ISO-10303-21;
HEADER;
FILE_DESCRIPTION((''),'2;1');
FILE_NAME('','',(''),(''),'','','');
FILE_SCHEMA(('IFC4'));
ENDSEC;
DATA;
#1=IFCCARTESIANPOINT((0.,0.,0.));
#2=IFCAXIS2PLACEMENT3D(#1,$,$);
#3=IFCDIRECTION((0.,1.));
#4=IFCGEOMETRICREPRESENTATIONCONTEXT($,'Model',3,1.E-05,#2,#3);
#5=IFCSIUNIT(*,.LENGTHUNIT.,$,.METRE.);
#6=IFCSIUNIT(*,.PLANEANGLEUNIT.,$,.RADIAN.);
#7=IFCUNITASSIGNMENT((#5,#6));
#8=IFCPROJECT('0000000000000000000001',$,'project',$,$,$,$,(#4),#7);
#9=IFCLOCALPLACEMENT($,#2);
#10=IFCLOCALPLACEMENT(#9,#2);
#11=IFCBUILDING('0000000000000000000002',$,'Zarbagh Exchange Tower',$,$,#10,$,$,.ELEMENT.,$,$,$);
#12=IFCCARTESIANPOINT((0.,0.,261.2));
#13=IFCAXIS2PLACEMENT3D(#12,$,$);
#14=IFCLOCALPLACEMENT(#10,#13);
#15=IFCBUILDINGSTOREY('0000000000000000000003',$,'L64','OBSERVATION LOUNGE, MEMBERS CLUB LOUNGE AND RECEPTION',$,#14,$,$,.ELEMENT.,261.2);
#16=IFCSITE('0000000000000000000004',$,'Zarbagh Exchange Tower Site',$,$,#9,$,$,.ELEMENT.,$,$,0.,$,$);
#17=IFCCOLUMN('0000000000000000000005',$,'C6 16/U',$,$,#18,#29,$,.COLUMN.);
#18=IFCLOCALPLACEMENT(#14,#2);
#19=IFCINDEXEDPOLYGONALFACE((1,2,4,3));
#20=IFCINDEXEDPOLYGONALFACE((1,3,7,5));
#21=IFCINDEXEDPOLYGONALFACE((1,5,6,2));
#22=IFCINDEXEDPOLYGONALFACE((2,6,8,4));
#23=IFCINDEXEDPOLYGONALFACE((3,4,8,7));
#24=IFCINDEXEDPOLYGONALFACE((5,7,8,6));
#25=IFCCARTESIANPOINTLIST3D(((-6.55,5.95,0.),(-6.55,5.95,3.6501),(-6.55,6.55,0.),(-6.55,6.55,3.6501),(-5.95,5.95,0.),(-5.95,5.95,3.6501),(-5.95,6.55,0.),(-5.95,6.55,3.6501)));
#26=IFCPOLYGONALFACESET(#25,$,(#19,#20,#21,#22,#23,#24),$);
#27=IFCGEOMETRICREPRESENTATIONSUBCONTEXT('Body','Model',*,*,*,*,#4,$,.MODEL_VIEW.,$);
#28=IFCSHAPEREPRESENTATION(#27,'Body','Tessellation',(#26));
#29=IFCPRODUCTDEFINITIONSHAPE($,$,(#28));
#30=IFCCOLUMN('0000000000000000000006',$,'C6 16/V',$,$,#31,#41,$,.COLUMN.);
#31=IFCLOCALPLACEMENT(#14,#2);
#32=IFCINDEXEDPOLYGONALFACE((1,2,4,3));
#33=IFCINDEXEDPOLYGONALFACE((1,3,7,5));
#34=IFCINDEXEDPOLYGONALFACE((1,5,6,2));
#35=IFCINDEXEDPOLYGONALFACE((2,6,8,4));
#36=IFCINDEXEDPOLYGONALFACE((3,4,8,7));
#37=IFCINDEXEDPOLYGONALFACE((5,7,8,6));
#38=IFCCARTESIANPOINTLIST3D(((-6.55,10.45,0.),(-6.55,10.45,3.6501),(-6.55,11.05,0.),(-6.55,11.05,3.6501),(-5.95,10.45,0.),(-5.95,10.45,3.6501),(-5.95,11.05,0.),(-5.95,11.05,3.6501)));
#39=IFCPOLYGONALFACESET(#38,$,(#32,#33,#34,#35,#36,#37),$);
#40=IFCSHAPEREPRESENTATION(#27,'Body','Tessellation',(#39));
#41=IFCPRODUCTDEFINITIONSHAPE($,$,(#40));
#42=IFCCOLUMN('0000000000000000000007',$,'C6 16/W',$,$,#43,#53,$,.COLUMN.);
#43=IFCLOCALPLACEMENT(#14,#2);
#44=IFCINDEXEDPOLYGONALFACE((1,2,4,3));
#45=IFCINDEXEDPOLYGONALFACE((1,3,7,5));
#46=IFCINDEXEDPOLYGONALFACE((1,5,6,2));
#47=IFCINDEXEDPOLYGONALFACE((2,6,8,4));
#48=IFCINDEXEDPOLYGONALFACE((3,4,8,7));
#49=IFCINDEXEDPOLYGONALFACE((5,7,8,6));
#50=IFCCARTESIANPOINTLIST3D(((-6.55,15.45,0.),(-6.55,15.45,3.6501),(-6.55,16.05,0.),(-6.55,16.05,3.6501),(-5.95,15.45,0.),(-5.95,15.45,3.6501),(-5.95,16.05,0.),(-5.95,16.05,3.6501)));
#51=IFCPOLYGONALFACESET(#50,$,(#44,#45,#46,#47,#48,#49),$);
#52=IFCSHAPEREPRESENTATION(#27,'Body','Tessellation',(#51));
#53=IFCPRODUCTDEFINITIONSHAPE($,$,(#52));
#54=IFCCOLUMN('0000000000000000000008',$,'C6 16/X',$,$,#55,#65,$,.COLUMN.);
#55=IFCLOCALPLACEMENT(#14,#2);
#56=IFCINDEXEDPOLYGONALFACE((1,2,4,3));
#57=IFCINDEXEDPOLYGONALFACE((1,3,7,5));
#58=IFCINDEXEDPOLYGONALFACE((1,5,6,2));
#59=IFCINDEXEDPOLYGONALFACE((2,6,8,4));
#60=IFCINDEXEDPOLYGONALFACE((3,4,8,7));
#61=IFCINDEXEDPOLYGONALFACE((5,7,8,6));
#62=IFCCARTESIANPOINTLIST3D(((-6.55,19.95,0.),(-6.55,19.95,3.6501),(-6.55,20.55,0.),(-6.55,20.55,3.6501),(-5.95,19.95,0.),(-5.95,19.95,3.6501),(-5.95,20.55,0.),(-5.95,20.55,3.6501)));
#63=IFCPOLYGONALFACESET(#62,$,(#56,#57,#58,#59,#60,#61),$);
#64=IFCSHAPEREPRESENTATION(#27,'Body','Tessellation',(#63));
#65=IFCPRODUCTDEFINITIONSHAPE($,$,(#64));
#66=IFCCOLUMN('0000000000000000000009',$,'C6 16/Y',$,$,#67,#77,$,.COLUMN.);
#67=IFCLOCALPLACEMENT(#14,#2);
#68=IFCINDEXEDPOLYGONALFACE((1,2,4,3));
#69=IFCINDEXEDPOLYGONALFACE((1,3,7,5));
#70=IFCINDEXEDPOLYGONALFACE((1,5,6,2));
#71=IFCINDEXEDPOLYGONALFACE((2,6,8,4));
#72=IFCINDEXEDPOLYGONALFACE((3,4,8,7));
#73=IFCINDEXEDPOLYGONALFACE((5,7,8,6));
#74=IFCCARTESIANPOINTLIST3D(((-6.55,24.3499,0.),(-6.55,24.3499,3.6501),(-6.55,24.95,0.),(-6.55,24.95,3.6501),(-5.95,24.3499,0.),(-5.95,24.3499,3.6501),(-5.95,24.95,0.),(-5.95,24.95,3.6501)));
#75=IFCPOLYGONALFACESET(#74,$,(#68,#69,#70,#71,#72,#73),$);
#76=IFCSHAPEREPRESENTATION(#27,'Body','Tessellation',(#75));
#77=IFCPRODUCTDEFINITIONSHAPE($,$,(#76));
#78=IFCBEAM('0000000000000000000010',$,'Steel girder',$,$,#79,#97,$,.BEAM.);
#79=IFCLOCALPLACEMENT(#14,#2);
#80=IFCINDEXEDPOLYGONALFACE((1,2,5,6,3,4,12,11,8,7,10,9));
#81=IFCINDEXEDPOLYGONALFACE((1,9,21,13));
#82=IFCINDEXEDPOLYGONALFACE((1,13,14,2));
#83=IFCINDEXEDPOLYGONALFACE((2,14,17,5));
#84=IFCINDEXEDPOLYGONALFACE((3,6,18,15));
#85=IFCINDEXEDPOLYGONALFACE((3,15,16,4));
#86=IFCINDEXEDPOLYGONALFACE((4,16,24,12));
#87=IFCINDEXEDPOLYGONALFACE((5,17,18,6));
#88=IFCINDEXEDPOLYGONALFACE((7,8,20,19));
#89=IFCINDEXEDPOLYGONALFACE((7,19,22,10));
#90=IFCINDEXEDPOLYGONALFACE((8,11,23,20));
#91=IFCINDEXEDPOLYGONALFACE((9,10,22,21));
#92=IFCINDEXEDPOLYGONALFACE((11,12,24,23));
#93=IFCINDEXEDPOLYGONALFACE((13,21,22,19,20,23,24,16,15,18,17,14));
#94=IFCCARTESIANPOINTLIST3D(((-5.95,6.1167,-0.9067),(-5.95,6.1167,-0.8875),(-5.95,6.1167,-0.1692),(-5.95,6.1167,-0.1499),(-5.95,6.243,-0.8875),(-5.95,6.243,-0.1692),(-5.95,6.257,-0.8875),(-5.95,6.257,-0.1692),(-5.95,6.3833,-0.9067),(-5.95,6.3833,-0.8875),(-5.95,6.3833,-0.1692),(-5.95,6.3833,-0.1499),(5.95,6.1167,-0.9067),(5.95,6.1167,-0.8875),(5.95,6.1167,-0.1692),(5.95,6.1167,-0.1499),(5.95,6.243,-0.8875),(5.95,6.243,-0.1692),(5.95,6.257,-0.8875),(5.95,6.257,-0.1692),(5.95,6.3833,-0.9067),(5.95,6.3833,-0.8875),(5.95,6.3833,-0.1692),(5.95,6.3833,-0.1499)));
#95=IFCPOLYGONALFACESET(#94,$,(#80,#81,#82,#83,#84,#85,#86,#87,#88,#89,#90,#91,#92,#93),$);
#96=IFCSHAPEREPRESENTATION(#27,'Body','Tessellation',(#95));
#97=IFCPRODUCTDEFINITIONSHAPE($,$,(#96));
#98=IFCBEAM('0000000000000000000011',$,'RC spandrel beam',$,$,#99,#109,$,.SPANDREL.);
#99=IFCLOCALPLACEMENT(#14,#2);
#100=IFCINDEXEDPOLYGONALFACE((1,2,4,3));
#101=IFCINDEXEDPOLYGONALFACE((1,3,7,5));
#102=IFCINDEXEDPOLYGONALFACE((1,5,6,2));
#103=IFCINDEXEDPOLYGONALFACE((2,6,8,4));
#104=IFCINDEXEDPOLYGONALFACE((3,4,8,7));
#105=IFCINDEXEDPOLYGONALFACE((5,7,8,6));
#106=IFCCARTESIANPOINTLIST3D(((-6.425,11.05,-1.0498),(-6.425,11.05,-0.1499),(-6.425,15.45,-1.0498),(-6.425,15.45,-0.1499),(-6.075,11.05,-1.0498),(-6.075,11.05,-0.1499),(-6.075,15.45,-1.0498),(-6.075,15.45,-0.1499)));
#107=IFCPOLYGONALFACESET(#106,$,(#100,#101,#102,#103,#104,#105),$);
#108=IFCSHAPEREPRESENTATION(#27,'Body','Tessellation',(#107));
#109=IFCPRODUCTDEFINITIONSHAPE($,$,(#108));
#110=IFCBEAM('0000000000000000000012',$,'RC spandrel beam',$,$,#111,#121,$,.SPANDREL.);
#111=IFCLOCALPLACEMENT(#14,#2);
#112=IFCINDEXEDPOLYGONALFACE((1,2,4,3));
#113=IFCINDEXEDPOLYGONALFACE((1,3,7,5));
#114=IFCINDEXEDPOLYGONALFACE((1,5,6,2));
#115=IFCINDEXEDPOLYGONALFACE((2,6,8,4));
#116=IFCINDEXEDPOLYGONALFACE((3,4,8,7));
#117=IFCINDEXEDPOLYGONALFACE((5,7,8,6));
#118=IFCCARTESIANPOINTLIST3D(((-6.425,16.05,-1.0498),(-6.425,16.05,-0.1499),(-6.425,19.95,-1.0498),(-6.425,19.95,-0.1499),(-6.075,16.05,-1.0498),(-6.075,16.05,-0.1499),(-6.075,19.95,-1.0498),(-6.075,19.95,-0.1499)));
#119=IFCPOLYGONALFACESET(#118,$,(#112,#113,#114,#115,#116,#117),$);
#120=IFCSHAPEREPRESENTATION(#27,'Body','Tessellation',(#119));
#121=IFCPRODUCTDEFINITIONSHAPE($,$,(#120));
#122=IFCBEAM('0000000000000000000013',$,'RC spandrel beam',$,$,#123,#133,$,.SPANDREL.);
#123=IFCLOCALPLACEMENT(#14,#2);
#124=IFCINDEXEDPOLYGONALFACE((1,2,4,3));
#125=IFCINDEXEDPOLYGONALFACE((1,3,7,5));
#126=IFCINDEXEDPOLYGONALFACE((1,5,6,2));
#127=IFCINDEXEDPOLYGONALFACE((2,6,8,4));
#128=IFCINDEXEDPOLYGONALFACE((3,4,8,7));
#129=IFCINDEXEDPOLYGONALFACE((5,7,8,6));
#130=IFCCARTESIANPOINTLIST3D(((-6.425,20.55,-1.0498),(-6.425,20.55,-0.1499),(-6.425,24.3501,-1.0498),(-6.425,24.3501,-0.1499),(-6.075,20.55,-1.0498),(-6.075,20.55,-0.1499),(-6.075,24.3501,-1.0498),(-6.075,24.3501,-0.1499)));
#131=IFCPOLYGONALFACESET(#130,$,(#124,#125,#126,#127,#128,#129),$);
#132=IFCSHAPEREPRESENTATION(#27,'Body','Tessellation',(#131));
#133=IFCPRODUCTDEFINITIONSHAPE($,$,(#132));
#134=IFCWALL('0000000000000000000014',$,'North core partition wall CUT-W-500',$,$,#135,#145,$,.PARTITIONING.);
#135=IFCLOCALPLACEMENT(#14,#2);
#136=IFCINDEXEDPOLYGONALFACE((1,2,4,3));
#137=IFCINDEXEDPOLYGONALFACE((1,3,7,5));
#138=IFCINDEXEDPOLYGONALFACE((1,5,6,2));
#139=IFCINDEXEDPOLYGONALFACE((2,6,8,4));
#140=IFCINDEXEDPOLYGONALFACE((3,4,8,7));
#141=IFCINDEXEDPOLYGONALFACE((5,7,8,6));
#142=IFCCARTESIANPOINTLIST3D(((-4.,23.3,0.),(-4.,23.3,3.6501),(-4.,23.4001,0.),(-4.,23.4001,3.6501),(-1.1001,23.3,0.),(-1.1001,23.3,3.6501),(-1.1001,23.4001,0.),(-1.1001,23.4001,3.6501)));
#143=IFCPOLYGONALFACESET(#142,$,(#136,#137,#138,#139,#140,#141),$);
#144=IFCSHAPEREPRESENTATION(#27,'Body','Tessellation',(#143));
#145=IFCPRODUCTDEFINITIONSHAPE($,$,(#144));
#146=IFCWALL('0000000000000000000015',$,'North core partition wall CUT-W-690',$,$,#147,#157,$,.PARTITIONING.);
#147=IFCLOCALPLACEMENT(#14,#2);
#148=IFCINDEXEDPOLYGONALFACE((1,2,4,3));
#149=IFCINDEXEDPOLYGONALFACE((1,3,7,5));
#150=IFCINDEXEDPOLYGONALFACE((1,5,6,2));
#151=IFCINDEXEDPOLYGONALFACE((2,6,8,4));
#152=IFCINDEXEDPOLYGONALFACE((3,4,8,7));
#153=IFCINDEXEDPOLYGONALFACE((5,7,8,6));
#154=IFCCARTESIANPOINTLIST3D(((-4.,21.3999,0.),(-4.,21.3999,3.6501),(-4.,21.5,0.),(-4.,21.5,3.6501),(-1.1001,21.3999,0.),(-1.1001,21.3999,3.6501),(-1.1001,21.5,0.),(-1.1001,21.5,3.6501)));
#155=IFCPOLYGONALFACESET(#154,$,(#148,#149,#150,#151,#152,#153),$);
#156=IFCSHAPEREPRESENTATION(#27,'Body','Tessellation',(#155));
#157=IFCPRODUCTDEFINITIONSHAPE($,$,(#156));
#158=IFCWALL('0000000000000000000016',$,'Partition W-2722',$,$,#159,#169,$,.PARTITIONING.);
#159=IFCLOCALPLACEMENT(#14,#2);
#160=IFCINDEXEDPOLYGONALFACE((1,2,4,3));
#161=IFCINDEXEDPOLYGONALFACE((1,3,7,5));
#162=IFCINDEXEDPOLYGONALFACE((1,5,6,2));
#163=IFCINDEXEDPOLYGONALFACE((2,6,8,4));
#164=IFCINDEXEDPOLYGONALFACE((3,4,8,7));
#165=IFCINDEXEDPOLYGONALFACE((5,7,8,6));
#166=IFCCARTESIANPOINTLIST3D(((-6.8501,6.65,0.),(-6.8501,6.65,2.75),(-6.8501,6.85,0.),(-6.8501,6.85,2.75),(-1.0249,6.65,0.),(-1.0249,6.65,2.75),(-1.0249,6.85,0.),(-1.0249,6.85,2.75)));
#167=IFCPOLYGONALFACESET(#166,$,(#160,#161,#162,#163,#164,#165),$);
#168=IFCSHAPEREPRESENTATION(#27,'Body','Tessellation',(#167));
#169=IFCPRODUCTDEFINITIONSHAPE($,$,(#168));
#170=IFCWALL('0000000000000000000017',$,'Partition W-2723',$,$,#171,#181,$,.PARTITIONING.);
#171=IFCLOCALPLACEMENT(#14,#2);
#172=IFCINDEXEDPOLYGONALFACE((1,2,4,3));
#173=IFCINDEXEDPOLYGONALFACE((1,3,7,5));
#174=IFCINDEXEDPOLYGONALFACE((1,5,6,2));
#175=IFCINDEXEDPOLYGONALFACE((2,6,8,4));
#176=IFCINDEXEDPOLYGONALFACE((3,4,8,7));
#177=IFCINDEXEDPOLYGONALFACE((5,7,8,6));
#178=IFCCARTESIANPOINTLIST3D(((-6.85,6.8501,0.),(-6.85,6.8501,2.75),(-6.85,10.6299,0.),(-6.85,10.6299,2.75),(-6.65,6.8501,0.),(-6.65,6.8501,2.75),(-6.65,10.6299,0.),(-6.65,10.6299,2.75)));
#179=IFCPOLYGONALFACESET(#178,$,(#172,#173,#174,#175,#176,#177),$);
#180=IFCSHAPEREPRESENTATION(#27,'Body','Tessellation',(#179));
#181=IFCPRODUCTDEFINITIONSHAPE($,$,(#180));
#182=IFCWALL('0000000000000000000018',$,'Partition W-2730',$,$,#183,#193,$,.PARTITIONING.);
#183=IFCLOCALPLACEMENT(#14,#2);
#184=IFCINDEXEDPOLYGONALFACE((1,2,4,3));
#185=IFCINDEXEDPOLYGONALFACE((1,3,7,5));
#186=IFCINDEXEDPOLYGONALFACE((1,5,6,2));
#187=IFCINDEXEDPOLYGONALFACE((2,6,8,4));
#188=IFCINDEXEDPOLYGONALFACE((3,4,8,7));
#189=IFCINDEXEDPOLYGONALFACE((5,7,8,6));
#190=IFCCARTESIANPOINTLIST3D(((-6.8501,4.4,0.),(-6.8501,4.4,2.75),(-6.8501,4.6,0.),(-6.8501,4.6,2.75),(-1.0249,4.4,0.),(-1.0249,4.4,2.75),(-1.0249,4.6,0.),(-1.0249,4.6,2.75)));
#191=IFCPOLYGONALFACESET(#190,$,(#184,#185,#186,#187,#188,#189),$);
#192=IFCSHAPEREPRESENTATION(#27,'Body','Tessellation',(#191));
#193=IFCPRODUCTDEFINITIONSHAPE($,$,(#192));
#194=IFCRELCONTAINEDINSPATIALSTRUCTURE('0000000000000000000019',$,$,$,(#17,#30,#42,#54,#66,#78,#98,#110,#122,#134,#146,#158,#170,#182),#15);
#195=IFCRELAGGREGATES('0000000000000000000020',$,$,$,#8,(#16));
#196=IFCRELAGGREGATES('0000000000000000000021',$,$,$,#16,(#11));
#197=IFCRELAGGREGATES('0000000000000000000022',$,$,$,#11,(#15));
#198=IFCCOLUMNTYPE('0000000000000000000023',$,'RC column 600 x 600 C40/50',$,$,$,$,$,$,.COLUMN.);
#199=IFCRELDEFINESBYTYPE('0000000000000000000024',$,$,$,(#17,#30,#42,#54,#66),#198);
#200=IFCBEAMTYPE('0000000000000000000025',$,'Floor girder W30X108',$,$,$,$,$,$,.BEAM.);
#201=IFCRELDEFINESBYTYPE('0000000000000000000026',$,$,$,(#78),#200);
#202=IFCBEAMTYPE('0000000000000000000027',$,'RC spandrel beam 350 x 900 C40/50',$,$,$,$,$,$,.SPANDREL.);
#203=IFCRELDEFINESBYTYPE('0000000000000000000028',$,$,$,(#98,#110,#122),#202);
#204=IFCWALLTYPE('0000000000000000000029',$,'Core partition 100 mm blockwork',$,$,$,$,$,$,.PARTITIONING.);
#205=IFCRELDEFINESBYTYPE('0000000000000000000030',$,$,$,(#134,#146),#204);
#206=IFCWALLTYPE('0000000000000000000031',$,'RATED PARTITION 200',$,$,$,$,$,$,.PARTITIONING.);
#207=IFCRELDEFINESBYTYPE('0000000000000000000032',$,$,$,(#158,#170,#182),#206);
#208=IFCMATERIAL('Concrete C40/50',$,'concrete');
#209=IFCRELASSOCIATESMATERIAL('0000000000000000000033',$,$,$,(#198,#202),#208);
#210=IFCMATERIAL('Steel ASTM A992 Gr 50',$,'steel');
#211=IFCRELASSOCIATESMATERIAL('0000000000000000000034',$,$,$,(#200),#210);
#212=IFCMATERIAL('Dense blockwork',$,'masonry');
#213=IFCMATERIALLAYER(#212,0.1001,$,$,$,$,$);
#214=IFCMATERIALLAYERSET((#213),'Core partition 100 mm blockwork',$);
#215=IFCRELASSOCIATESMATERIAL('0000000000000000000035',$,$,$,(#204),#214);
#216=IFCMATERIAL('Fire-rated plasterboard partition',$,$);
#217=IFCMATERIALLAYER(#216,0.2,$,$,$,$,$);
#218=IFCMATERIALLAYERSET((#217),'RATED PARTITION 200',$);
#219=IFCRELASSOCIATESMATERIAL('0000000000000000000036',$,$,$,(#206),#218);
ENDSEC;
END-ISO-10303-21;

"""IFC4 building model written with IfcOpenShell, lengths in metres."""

from ifc_helpers import new_model, si_unit, direction, frame, frame_2d, origin, origin_2d, place, context, subcontext, project, spatial, rectangle, i_section, extrude, material, layer, layer_set, material_profile, profile_set, type_object, element, save


model = new_model("IFC4")

# Units and contexts
model_context = context("Model", 3, precision=1e-05, world=origin(), true_north=direction((0.0, 1.0)))
body_context = subcontext(model_context, "Body", "Model", "MODEL_VIEW")
ifc_project = project(units=[si_unit("LENGTHUNIT", "METRE"), si_unit("PLANEANGLEUNIT", "RADIAN")], contexts=[model_context])

# Site, building, storey
site_placement = place(None, origin())
site = spatial("IfcSite", under=ifc_project, at=site_placement, Name="Zarbagh Exchange Tower Site", CompositionType="ELEMENT", RefElevation=0.0)
building_placement = place(site_placement, origin())
building = spatial("IfcBuilding", under=site, at=building_placement, Name="Zarbagh Exchange Tower", CompositionType="ELEMENT")
storey_placement = place(building_placement, frame((0.0, 0.0, 261.2)))
storey = spatial("IfcBuildingStorey", under=building, at=storey_placement, Name="L64", Description="OBSERVATION LOUNGE, MEMBERS CLUB LOUNGE AND RECEPTION", CompositionType="ELEMENT", Elevation=261.2)

# Columns
ifc_material_1 = material(Name="Concrete C40/50", Category="concrete")
ifc_material_profile_1 = material_profile(ifc_material_1, rectangle(XDim=0.6001, YDim=0.6001, at=origin_2d()), Name="RC column 600 x 600 C40/50")
ifc_profile_set_1 = profile_set([ifc_material_profile_1], Name="Concrete C40/50")
column_type = type_object("IfcColumnType", Name="RC column 600 x 600 C40/50", PredefinedType="COLUMN", material=ifc_profile_set_1)
for number, where, z_axis, x_axis, name in (
    (1, (-6.25, 6.25, 0.0), (0.0, 0.0, 1.0), (1.0, 0.0, 0.0), "C6 16/U"),
    (2, (-6.25, 10.75, 0.0), (0.0, 0.0, 1.0), (1.0, 0.0, 0.0), "C6 16/V"),
    (3, (-6.25, 15.75, 0.0), (0.0, 0.0, 1.0), (1.0, 0.0, 0.0), "C6 16/W"),
    (4, (-6.25, 20.25, 0.0), (0.0, 0.0, 1.0), (1.0, 0.0, 0.0), "C6 16/X"),
    (5, (-6.25, 24.6499, 0.0), (0.0, 0.0, 1.0), (1.0, 0.0, 0.0), "C6 16/Y"),
):
    element("IfcColumn", number, at=place(storey_placement, frame(where, z_axis=z_axis, x_axis=x_axis)), inside=storey, type_object=column_type, Name=name, PredefinedType="COLUMN", context=body_context, shape_type="SweptSolid", body=[
        extrude(rectangle(XDim=0.6001, YDim=0.6001, at=origin_2d()), origin(), (0.0, 0.0, 1.0), 3.6501),
    ])

# Beams
ifc_material_2 = material(Name="Steel ASTM A992 Gr 50", Category="steel")
ifc_material_profile_2 = material_profile(ifc_material_2, i_section(OverallWidth=0.2666, OverallDepth=0.7568, WebThickness=0.0139, FlangeThickness=0.0193, at=origin_2d()), Name="W30X108")
ifc_profile_set_2 = profile_set([ifc_material_profile_2], Name="Steel ASTM A992 Gr 50")
beam_type_1 = type_object("IfcBeamType", Name="Floor girder W30X108", PredefinedType="BEAM", material=ifc_profile_set_2)
beam_1_placement = place(storey_placement, frame((-5.95, 6.25, -0.5283), z_axis=(1.0, 0.0, 0.0), x_axis=(0.0, 1.0, 0.0)))
element("IfcBeam", 6, at=beam_1_placement, inside=storey, type_object=beam_type_1, Name="Steel girder", PredefinedType="BEAM", context=body_context, shape_type="SweptSolid", body=[
    extrude(i_section(OverallWidth=0.2666, OverallDepth=0.7568, WebThickness=0.0139, FlangeThickness=0.0193, at=origin_2d()), origin(), (0.0, 0.0, 1.0), 11.8999),
])
ifc_material_profile_3 = material_profile(ifc_material_1, rectangle(XDim=0.3501, YDim=0.8999, at=origin_2d()), Name="RC spandrel beam 350 x 900 C40/50")
ifc_profile_set_3 = profile_set([ifc_material_profile_3], Name="Concrete C40/50")
beam_type_2 = type_object("IfcBeamType", Name="RC spandrel beam 350 x 900 C40/50", PredefinedType="SPANDREL", material=ifc_profile_set_3)
beam_2_placement = place(storey_placement, frame((-6.25, 11.05, -0.5999), z_axis=(0.0, 1.0, 0.0), x_axis=(-1.0, 0.0, 0.0)))
element("IfcBeam", 7, at=beam_2_placement, inside=storey, type_object=beam_type_2, Name="RC spandrel beam", PredefinedType="SPANDREL", context=body_context, shape_type="SweptSolid", body=[
    extrude(rectangle(XDim=0.3501, YDim=0.8999, at=origin_2d()), origin(), (0.0, 0.0, 1.0), 4.3999),
])
beam_3_placement = place(storey_placement, frame((-6.25, 16.05, -0.5999), z_axis=(0.0, 1.0, 0.0), x_axis=(-1.0, 0.0, 0.0)))
element("IfcBeam", 8, at=beam_3_placement, inside=storey, type_object=beam_type_2, Name="RC spandrel beam", PredefinedType="SPANDREL", context=body_context, shape_type="SweptSolid", body=[
    extrude(rectangle(XDim=0.3501, YDim=0.8999, at=origin_2d()), origin(), (0.0, 0.0, 1.0), 3.8999),
])
beam_4_placement = place(storey_placement, frame((-6.25, 20.55, -0.5999), z_axis=(0.0, 1.0, 0.0), x_axis=(-1.0, 0.0, 0.0)))
element("IfcBeam", 9, at=beam_4_placement, inside=storey, type_object=beam_type_2, Name="RC spandrel beam", PredefinedType="SPANDREL", context=body_context, shape_type="SweptSolid", body=[
    extrude(rectangle(XDim=0.3501, YDim=0.8999, at=origin_2d()), origin(), (0.0, 0.0, 1.0), 3.8),
])

# Walls
ifc_material_3 = material(Name="Dense blockwork", Category="masonry")
ifc_layer_1 = layer(ifc_material_3, 0.1001)
ifc_layer_set_1 = layer_set([ifc_layer_1], Name="Core partition 100 mm blockwork")
wall_type_1 = type_object("IfcWallType", Name="Core partition 100 mm blockwork", PredefinedType="PARTITIONING", material=ifc_layer_set_1)
for number, where, z_axis, x_axis, name in (
    (10, (-4.0, 23.3501, 0.0), (0.0, 0.0, 1.0), (1.0, 0.0, 0.0), "North core partition wall CUT-W-500"),
    (11, (-4.0, 21.45, 0.0), (0.0, 0.0, 1.0), (1.0, 0.0, 0.0), "North core partition wall CUT-W-690"),
):
    element("IfcWall", number, at=place(storey_placement, frame(where, z_axis=z_axis, x_axis=x_axis)), inside=storey, type_object=wall_type_1, Name=name, PredefinedType="PARTITIONING", context=body_context, shape_type="SweptSolid", body=[
        extrude(rectangle(XDim=2.8999, YDim=0.1001, at=frame_2d((1.45, 0.0))), origin(), (0.0, 0.0, 1.0), 3.6501),
    ])
ifc_material_4 = material(Name="Fire-rated plasterboard partition")
ifc_layer_2 = layer(ifc_material_4, 0.2)
ifc_layer_set_2 = layer_set([ifc_layer_2], Name="RATED PARTITION 200")
wall_type_2 = type_object("IfcWallType", Name="RATED PARTITION 200", PredefinedType="PARTITIONING", material=ifc_layer_set_2)
wall_1_placement = place(storey_placement, frame((-6.8501, 6.75, 0.0), z_axis=(0.0, 0.0, 1.0), x_axis=(1.0, 0.0, 0.0)))
element("IfcWall", 12, at=wall_1_placement, inside=storey, type_object=wall_type_2, Name="Partition W-2722", PredefinedType="PARTITIONING", context=body_context, shape_type="SweptSolid", body=[
    extrude(rectangle(XDim=5.8252, YDim=0.2, at=frame_2d((2.9126, 0.0))), origin(), (0.0, 0.0, 1.0), 2.75),
])
wall_2_placement = place(storey_placement, frame((-6.75, 6.8501, 0.0), z_axis=(0.0, 0.0, 1.0), x_axis=(0.0, 1.0, 0.0)))
element("IfcWall", 13, at=wall_2_placement, inside=storey, type_object=wall_type_2, Name="Partition W-2723", PredefinedType="PARTITIONING", context=body_context, shape_type="SweptSolid", body=[
    extrude(rectangle(XDim=3.7798, YDim=0.2, at=frame_2d((1.8899, 0.0))), origin(), (0.0, 0.0, 1.0), 2.75),
])
wall_3_placement = place(storey_placement, frame((-6.8501, 4.5, 0.0), z_axis=(0.0, 0.0, 1.0), x_axis=(1.0, 0.0, 0.0)))
element("IfcWall", 14, at=wall_3_placement, inside=storey, type_object=wall_type_2, Name="Partition W-2730", PredefinedType="PARTITIONING", context=body_context, shape_type="SweptSolid", body=[
    extrude(rectangle(XDim=5.8252, YDim=0.2, at=frame_2d((2.9126, 0.0))), origin(), (0.0, 0.0, 1.0), 2.75),
])

save(model, "model.ifc")
